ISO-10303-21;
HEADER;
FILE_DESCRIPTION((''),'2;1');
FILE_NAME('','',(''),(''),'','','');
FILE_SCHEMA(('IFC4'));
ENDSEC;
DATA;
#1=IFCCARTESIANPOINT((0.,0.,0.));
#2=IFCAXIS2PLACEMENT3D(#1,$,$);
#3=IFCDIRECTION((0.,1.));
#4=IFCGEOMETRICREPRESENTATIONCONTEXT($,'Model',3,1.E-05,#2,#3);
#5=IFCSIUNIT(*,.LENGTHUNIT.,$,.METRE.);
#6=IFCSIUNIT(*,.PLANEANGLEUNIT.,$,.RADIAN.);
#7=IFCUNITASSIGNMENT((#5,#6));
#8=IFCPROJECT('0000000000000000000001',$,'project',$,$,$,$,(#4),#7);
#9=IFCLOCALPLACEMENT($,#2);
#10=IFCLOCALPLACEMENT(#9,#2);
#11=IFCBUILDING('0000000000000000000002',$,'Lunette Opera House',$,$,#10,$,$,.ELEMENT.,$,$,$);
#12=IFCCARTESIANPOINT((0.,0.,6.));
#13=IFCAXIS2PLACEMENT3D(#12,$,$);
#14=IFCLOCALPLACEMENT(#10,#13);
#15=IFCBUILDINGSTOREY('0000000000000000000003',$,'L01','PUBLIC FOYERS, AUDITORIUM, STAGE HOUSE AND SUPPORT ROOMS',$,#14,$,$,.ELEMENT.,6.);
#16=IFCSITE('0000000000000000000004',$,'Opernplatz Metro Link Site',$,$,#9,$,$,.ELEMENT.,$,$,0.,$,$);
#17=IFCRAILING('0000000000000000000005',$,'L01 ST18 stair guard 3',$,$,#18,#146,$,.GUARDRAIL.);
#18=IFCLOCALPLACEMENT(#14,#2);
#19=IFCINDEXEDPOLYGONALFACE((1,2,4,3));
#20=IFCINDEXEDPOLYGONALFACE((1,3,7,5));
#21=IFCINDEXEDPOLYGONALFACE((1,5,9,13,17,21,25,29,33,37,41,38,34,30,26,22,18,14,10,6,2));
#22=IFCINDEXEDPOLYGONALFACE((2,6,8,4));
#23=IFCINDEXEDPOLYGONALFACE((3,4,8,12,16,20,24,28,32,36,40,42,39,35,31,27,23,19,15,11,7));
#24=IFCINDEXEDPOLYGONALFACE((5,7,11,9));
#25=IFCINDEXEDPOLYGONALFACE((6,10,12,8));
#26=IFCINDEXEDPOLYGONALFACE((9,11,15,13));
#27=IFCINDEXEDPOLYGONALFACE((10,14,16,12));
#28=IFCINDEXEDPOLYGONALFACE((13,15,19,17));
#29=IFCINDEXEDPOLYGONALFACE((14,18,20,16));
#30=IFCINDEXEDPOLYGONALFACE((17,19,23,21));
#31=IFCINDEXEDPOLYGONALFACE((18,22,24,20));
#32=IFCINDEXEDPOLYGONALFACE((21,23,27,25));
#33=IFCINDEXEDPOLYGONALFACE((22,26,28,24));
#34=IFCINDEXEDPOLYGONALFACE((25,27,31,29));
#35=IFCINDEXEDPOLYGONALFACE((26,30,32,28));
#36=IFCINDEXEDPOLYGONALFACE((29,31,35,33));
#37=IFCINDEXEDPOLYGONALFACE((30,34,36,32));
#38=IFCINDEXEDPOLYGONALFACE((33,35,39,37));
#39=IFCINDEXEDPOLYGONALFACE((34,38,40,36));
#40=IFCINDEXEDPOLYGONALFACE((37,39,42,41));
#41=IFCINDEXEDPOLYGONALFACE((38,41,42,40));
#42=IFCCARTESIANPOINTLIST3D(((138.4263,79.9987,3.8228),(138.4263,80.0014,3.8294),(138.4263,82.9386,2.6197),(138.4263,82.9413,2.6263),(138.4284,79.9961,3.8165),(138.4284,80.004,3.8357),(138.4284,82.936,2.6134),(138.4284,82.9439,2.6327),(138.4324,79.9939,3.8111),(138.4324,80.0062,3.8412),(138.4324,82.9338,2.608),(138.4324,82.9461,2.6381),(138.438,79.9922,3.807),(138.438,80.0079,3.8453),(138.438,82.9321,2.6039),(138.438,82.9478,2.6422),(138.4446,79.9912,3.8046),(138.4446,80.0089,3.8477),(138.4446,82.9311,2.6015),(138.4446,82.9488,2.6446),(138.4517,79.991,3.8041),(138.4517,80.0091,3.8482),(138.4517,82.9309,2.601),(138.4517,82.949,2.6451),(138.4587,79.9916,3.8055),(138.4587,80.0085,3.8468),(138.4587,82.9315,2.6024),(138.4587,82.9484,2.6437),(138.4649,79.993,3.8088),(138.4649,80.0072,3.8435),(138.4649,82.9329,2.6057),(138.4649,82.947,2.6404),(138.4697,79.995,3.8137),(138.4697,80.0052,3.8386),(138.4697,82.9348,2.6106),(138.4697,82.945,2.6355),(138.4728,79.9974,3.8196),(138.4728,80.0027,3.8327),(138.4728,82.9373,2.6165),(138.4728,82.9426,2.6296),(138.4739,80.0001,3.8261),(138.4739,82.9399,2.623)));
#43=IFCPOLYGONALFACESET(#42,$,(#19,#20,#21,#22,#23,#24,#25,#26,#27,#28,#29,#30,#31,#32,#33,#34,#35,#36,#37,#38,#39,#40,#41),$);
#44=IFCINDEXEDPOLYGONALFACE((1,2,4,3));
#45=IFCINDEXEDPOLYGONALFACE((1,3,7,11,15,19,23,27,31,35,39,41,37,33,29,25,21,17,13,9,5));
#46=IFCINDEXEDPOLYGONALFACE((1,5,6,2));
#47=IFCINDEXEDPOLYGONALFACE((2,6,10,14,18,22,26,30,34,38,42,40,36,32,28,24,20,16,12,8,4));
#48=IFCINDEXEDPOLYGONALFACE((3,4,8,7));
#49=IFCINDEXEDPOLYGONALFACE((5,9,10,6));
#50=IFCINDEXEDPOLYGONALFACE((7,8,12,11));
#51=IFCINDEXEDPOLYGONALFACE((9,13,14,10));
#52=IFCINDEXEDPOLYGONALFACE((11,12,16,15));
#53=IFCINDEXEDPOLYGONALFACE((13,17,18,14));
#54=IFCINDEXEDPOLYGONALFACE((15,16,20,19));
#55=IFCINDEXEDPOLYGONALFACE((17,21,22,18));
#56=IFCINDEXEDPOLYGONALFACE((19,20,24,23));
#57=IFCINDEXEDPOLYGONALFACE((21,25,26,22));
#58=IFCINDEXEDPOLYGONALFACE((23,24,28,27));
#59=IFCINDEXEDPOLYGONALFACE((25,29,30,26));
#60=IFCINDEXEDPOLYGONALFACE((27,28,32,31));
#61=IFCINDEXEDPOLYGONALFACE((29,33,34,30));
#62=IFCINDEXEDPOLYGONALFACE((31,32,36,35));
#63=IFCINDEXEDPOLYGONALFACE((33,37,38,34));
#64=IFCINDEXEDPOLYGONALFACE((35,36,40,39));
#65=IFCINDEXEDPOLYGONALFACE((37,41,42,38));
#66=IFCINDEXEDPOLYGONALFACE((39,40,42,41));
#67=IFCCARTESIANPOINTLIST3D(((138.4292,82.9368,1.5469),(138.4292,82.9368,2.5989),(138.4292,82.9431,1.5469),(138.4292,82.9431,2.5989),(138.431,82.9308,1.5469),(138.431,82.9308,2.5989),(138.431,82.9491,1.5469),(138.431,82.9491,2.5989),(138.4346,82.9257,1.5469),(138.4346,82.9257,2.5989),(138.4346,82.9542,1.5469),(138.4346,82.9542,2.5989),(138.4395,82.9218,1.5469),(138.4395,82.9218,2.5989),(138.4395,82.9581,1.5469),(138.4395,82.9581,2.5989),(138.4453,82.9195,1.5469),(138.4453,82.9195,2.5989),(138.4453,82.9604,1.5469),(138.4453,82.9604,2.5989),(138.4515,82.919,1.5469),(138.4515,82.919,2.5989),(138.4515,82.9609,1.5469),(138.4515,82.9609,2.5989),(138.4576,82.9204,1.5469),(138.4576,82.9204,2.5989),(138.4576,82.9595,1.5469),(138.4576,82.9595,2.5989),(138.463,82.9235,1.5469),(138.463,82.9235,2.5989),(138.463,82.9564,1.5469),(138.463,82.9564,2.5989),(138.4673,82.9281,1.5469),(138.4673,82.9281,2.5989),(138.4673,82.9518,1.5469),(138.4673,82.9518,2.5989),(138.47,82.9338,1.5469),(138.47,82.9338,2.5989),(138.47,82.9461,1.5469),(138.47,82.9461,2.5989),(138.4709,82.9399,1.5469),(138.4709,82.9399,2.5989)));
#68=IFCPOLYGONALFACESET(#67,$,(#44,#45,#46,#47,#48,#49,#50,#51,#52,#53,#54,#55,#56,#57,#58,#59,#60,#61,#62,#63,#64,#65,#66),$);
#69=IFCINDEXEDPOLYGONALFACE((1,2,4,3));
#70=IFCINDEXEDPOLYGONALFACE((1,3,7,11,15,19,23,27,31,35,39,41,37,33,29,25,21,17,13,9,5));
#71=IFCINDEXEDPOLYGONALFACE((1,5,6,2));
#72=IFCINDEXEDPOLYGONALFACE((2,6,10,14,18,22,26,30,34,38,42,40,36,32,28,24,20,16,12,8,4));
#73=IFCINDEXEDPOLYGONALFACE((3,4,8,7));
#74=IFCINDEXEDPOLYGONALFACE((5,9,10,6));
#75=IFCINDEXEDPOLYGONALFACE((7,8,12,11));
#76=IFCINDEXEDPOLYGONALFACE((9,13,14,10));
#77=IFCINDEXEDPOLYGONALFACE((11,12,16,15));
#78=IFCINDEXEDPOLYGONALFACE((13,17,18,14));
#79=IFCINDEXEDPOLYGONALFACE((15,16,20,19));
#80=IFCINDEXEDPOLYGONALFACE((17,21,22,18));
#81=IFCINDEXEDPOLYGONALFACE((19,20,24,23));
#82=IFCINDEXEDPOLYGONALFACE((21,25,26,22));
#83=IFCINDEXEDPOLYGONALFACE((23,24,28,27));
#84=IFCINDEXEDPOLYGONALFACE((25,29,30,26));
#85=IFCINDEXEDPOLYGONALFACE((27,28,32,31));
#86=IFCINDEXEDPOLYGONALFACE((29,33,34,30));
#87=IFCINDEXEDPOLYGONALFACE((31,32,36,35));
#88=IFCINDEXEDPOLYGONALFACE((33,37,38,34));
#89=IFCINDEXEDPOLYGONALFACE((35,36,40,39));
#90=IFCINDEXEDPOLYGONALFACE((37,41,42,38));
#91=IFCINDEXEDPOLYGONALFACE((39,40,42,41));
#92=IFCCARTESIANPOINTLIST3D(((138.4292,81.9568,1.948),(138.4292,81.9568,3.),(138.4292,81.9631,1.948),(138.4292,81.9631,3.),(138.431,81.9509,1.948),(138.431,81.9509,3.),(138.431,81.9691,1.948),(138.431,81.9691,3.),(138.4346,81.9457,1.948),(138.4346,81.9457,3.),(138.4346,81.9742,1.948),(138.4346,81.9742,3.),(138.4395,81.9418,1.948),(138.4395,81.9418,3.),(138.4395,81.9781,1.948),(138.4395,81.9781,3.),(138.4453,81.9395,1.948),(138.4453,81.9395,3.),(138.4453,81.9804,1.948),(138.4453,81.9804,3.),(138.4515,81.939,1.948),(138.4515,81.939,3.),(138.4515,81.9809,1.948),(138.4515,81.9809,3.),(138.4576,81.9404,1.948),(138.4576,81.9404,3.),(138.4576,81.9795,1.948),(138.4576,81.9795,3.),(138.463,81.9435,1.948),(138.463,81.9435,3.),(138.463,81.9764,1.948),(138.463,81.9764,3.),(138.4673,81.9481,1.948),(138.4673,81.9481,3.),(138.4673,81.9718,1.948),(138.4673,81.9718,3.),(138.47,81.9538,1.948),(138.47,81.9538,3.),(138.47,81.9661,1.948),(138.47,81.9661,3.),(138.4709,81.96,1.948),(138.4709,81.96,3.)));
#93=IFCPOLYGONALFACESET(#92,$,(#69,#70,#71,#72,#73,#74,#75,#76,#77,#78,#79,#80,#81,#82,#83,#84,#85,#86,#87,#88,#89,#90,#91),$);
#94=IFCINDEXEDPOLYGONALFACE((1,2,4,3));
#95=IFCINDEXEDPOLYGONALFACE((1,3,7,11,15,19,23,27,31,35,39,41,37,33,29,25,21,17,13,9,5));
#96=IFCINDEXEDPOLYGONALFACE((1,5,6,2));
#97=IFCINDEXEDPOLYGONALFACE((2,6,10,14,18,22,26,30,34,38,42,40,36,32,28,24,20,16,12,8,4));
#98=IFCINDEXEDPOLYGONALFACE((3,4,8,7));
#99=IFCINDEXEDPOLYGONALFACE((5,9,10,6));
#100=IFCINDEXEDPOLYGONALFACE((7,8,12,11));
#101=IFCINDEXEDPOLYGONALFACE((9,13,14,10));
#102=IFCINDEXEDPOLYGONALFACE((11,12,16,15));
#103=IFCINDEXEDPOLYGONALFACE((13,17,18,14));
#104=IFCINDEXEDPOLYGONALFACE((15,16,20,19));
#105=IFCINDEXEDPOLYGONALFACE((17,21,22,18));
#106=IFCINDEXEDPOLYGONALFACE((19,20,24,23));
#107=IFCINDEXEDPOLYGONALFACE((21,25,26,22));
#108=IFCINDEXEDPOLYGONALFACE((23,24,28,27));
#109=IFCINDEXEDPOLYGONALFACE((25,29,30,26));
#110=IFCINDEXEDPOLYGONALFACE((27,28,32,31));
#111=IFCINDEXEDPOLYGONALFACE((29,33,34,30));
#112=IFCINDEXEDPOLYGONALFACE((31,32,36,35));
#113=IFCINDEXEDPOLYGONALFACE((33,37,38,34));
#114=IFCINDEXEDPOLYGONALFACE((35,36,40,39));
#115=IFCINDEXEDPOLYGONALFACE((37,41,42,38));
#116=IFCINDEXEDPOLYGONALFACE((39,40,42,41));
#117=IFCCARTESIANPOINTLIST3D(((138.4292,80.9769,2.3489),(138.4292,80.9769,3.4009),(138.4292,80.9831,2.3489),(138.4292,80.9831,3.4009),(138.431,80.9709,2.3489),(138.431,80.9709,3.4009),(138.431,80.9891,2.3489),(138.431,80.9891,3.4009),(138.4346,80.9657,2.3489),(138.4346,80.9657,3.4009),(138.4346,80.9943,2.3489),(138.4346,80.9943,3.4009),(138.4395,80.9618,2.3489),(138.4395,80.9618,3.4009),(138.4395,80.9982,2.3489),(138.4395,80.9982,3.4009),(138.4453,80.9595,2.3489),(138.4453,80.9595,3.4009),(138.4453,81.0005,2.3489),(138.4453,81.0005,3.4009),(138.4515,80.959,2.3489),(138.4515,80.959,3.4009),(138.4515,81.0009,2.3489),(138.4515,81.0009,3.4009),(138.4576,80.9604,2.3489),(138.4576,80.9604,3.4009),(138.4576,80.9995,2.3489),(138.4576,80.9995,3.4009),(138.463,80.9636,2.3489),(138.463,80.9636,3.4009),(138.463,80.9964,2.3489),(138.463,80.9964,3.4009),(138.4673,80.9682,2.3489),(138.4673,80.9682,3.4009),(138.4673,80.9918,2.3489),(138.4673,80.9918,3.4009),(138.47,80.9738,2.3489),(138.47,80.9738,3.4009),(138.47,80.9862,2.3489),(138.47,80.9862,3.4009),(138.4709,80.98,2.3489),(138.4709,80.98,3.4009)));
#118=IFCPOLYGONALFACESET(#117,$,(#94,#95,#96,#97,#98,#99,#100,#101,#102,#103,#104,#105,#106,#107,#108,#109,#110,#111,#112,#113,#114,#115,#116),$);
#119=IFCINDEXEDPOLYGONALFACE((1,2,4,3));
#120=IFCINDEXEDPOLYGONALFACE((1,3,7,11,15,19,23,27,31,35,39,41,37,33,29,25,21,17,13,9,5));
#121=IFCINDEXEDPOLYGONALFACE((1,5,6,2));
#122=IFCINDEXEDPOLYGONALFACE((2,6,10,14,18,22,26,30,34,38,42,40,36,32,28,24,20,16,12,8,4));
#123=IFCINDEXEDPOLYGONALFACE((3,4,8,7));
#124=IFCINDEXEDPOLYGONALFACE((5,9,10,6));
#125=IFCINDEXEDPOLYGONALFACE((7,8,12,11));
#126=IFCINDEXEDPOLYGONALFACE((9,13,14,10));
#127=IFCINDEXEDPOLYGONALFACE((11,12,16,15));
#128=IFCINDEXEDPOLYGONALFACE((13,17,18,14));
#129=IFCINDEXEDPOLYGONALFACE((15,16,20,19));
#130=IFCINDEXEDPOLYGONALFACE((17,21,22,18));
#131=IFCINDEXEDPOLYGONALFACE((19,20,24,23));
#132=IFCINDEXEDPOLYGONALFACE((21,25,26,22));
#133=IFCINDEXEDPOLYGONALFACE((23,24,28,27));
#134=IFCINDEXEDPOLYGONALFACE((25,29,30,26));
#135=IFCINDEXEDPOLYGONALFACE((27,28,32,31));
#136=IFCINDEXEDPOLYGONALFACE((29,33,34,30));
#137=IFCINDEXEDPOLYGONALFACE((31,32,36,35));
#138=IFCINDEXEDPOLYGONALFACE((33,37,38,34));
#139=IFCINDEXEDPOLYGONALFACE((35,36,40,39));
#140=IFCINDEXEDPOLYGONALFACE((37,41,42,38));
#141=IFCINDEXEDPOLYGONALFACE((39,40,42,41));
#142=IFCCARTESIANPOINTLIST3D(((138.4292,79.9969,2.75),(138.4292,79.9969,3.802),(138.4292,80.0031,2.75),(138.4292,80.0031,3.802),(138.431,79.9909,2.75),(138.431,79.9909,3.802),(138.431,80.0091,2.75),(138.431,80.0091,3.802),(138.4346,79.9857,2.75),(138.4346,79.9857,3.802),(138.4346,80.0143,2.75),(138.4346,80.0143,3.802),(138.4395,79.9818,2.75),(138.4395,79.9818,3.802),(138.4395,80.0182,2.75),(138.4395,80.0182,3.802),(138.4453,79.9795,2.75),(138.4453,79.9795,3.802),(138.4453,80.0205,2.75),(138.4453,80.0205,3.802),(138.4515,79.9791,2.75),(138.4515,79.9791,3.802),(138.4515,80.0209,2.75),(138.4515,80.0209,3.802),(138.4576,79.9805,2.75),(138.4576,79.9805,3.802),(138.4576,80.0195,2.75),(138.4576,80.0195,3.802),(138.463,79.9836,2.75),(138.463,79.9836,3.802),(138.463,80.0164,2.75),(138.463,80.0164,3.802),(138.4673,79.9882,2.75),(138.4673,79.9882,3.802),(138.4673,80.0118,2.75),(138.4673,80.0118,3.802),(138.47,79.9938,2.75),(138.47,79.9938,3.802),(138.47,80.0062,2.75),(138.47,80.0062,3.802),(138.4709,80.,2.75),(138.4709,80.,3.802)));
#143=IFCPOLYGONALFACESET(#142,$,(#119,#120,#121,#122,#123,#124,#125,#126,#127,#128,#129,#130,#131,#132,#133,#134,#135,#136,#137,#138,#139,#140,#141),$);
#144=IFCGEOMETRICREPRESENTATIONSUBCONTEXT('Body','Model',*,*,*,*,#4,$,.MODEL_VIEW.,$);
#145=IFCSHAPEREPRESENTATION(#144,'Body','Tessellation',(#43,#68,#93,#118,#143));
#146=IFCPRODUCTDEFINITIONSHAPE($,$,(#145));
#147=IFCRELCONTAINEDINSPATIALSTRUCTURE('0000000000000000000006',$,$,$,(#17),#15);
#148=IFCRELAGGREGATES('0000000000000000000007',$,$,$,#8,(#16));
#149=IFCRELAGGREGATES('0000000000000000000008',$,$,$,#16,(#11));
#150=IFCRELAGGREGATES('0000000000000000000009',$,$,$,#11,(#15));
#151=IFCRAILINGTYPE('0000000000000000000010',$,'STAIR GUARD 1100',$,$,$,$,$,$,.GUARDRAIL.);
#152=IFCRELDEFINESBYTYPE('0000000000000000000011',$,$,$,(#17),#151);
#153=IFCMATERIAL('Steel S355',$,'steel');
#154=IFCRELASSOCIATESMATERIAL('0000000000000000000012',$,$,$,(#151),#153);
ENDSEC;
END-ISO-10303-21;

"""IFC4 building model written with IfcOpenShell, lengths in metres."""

from ifc_helpers import new_model, si_unit, direction, frame, origin, origin_2d, place, context, subcontext, project, spatial, circle, extrude, material, type_object, element, save


model = new_model("IFC4")

# Units and contexts
model_context = context("Model", 3, precision=1e-05, world=origin(), true_north=direction((0.0, 1.0)))
body_context = subcontext(model_context, "Body", "Model", "MODEL_VIEW")
ifc_project = project(units=[si_unit("LENGTHUNIT", "METRE"), si_unit("PLANEANGLEUNIT", "RADIAN")], contexts=[model_context])

# Site, building, storey
site_placement = place(None, origin())
site = spatial("IfcSite", under=ifc_project, at=site_placement, Name="Opernplatz Metro Link Site", CompositionType="ELEMENT", RefElevation=0.0)
building_placement = place(site_placement, origin())
building = spatial("IfcBuilding", under=site, at=building_placement, Name="Lunette Opera House", CompositionType="ELEMENT")
storey_placement = place(building_placement, frame((0.0, 0.0, 6.0)))
storey = spatial("IfcBuildingStorey", under=building, at=storey_placement, Name="L01", Description="PUBLIC FOYERS, AUDITORIUM, STAGE HOUSE AND SUPPORT ROOMS", CompositionType="ELEMENT", Elevation=6.0)

# Railing
ifc_material_1 = material(Name="Steel S355", Category="steel")
railing_type_1 = type_object("IfcRailingType", Name="STAIR GUARD 1100", PredefinedType="GUARDRAIL", material=ifc_material_1)
for number, where, name in (
    (1, (138.45, 82.9399, 1.5469), "L01 ST18 stair guard 3"),
):
    element("IfcRailing", number, at=place(storey_placement, frame(where)), inside=storey, type_object=railing_type_1, Name=name, PredefinedType="GUARDRAIL", context=body_context, shape_type="SweptSolid", body=[
        extrude(circle(Radius=0.0239, at=origin_2d()), frame((0.0, 0.0, 1.0762), z_axis=(0.0, -0.9255, 0.378747), x_axis=(1.0, 0.0, 0.0)), (0.0, 0.0, 1.0), 3.1765),
        extrude(circle(Radius=0.021, at=origin_2d()), origin(), (0.0, 0.0, 1.0), 1.052),
        extrude(circle(Radius=0.021, at=origin_2d()), frame((0.0, -0.98, 0.4011)), (0.0, 0.0, 1.0), 1.052),
        extrude(circle(Radius=0.021, at=origin_2d()), frame((0.0, -1.96, 0.802)), (0.0, 0.0, 1.0), 1.052),
        extrude(circle(Radius=0.021, at=origin_2d()), frame((0.0, -2.9399, 1.2031)), (0.0, 0.0, 1.0), 1.052),
    ])

save(model, "model.ifc")
